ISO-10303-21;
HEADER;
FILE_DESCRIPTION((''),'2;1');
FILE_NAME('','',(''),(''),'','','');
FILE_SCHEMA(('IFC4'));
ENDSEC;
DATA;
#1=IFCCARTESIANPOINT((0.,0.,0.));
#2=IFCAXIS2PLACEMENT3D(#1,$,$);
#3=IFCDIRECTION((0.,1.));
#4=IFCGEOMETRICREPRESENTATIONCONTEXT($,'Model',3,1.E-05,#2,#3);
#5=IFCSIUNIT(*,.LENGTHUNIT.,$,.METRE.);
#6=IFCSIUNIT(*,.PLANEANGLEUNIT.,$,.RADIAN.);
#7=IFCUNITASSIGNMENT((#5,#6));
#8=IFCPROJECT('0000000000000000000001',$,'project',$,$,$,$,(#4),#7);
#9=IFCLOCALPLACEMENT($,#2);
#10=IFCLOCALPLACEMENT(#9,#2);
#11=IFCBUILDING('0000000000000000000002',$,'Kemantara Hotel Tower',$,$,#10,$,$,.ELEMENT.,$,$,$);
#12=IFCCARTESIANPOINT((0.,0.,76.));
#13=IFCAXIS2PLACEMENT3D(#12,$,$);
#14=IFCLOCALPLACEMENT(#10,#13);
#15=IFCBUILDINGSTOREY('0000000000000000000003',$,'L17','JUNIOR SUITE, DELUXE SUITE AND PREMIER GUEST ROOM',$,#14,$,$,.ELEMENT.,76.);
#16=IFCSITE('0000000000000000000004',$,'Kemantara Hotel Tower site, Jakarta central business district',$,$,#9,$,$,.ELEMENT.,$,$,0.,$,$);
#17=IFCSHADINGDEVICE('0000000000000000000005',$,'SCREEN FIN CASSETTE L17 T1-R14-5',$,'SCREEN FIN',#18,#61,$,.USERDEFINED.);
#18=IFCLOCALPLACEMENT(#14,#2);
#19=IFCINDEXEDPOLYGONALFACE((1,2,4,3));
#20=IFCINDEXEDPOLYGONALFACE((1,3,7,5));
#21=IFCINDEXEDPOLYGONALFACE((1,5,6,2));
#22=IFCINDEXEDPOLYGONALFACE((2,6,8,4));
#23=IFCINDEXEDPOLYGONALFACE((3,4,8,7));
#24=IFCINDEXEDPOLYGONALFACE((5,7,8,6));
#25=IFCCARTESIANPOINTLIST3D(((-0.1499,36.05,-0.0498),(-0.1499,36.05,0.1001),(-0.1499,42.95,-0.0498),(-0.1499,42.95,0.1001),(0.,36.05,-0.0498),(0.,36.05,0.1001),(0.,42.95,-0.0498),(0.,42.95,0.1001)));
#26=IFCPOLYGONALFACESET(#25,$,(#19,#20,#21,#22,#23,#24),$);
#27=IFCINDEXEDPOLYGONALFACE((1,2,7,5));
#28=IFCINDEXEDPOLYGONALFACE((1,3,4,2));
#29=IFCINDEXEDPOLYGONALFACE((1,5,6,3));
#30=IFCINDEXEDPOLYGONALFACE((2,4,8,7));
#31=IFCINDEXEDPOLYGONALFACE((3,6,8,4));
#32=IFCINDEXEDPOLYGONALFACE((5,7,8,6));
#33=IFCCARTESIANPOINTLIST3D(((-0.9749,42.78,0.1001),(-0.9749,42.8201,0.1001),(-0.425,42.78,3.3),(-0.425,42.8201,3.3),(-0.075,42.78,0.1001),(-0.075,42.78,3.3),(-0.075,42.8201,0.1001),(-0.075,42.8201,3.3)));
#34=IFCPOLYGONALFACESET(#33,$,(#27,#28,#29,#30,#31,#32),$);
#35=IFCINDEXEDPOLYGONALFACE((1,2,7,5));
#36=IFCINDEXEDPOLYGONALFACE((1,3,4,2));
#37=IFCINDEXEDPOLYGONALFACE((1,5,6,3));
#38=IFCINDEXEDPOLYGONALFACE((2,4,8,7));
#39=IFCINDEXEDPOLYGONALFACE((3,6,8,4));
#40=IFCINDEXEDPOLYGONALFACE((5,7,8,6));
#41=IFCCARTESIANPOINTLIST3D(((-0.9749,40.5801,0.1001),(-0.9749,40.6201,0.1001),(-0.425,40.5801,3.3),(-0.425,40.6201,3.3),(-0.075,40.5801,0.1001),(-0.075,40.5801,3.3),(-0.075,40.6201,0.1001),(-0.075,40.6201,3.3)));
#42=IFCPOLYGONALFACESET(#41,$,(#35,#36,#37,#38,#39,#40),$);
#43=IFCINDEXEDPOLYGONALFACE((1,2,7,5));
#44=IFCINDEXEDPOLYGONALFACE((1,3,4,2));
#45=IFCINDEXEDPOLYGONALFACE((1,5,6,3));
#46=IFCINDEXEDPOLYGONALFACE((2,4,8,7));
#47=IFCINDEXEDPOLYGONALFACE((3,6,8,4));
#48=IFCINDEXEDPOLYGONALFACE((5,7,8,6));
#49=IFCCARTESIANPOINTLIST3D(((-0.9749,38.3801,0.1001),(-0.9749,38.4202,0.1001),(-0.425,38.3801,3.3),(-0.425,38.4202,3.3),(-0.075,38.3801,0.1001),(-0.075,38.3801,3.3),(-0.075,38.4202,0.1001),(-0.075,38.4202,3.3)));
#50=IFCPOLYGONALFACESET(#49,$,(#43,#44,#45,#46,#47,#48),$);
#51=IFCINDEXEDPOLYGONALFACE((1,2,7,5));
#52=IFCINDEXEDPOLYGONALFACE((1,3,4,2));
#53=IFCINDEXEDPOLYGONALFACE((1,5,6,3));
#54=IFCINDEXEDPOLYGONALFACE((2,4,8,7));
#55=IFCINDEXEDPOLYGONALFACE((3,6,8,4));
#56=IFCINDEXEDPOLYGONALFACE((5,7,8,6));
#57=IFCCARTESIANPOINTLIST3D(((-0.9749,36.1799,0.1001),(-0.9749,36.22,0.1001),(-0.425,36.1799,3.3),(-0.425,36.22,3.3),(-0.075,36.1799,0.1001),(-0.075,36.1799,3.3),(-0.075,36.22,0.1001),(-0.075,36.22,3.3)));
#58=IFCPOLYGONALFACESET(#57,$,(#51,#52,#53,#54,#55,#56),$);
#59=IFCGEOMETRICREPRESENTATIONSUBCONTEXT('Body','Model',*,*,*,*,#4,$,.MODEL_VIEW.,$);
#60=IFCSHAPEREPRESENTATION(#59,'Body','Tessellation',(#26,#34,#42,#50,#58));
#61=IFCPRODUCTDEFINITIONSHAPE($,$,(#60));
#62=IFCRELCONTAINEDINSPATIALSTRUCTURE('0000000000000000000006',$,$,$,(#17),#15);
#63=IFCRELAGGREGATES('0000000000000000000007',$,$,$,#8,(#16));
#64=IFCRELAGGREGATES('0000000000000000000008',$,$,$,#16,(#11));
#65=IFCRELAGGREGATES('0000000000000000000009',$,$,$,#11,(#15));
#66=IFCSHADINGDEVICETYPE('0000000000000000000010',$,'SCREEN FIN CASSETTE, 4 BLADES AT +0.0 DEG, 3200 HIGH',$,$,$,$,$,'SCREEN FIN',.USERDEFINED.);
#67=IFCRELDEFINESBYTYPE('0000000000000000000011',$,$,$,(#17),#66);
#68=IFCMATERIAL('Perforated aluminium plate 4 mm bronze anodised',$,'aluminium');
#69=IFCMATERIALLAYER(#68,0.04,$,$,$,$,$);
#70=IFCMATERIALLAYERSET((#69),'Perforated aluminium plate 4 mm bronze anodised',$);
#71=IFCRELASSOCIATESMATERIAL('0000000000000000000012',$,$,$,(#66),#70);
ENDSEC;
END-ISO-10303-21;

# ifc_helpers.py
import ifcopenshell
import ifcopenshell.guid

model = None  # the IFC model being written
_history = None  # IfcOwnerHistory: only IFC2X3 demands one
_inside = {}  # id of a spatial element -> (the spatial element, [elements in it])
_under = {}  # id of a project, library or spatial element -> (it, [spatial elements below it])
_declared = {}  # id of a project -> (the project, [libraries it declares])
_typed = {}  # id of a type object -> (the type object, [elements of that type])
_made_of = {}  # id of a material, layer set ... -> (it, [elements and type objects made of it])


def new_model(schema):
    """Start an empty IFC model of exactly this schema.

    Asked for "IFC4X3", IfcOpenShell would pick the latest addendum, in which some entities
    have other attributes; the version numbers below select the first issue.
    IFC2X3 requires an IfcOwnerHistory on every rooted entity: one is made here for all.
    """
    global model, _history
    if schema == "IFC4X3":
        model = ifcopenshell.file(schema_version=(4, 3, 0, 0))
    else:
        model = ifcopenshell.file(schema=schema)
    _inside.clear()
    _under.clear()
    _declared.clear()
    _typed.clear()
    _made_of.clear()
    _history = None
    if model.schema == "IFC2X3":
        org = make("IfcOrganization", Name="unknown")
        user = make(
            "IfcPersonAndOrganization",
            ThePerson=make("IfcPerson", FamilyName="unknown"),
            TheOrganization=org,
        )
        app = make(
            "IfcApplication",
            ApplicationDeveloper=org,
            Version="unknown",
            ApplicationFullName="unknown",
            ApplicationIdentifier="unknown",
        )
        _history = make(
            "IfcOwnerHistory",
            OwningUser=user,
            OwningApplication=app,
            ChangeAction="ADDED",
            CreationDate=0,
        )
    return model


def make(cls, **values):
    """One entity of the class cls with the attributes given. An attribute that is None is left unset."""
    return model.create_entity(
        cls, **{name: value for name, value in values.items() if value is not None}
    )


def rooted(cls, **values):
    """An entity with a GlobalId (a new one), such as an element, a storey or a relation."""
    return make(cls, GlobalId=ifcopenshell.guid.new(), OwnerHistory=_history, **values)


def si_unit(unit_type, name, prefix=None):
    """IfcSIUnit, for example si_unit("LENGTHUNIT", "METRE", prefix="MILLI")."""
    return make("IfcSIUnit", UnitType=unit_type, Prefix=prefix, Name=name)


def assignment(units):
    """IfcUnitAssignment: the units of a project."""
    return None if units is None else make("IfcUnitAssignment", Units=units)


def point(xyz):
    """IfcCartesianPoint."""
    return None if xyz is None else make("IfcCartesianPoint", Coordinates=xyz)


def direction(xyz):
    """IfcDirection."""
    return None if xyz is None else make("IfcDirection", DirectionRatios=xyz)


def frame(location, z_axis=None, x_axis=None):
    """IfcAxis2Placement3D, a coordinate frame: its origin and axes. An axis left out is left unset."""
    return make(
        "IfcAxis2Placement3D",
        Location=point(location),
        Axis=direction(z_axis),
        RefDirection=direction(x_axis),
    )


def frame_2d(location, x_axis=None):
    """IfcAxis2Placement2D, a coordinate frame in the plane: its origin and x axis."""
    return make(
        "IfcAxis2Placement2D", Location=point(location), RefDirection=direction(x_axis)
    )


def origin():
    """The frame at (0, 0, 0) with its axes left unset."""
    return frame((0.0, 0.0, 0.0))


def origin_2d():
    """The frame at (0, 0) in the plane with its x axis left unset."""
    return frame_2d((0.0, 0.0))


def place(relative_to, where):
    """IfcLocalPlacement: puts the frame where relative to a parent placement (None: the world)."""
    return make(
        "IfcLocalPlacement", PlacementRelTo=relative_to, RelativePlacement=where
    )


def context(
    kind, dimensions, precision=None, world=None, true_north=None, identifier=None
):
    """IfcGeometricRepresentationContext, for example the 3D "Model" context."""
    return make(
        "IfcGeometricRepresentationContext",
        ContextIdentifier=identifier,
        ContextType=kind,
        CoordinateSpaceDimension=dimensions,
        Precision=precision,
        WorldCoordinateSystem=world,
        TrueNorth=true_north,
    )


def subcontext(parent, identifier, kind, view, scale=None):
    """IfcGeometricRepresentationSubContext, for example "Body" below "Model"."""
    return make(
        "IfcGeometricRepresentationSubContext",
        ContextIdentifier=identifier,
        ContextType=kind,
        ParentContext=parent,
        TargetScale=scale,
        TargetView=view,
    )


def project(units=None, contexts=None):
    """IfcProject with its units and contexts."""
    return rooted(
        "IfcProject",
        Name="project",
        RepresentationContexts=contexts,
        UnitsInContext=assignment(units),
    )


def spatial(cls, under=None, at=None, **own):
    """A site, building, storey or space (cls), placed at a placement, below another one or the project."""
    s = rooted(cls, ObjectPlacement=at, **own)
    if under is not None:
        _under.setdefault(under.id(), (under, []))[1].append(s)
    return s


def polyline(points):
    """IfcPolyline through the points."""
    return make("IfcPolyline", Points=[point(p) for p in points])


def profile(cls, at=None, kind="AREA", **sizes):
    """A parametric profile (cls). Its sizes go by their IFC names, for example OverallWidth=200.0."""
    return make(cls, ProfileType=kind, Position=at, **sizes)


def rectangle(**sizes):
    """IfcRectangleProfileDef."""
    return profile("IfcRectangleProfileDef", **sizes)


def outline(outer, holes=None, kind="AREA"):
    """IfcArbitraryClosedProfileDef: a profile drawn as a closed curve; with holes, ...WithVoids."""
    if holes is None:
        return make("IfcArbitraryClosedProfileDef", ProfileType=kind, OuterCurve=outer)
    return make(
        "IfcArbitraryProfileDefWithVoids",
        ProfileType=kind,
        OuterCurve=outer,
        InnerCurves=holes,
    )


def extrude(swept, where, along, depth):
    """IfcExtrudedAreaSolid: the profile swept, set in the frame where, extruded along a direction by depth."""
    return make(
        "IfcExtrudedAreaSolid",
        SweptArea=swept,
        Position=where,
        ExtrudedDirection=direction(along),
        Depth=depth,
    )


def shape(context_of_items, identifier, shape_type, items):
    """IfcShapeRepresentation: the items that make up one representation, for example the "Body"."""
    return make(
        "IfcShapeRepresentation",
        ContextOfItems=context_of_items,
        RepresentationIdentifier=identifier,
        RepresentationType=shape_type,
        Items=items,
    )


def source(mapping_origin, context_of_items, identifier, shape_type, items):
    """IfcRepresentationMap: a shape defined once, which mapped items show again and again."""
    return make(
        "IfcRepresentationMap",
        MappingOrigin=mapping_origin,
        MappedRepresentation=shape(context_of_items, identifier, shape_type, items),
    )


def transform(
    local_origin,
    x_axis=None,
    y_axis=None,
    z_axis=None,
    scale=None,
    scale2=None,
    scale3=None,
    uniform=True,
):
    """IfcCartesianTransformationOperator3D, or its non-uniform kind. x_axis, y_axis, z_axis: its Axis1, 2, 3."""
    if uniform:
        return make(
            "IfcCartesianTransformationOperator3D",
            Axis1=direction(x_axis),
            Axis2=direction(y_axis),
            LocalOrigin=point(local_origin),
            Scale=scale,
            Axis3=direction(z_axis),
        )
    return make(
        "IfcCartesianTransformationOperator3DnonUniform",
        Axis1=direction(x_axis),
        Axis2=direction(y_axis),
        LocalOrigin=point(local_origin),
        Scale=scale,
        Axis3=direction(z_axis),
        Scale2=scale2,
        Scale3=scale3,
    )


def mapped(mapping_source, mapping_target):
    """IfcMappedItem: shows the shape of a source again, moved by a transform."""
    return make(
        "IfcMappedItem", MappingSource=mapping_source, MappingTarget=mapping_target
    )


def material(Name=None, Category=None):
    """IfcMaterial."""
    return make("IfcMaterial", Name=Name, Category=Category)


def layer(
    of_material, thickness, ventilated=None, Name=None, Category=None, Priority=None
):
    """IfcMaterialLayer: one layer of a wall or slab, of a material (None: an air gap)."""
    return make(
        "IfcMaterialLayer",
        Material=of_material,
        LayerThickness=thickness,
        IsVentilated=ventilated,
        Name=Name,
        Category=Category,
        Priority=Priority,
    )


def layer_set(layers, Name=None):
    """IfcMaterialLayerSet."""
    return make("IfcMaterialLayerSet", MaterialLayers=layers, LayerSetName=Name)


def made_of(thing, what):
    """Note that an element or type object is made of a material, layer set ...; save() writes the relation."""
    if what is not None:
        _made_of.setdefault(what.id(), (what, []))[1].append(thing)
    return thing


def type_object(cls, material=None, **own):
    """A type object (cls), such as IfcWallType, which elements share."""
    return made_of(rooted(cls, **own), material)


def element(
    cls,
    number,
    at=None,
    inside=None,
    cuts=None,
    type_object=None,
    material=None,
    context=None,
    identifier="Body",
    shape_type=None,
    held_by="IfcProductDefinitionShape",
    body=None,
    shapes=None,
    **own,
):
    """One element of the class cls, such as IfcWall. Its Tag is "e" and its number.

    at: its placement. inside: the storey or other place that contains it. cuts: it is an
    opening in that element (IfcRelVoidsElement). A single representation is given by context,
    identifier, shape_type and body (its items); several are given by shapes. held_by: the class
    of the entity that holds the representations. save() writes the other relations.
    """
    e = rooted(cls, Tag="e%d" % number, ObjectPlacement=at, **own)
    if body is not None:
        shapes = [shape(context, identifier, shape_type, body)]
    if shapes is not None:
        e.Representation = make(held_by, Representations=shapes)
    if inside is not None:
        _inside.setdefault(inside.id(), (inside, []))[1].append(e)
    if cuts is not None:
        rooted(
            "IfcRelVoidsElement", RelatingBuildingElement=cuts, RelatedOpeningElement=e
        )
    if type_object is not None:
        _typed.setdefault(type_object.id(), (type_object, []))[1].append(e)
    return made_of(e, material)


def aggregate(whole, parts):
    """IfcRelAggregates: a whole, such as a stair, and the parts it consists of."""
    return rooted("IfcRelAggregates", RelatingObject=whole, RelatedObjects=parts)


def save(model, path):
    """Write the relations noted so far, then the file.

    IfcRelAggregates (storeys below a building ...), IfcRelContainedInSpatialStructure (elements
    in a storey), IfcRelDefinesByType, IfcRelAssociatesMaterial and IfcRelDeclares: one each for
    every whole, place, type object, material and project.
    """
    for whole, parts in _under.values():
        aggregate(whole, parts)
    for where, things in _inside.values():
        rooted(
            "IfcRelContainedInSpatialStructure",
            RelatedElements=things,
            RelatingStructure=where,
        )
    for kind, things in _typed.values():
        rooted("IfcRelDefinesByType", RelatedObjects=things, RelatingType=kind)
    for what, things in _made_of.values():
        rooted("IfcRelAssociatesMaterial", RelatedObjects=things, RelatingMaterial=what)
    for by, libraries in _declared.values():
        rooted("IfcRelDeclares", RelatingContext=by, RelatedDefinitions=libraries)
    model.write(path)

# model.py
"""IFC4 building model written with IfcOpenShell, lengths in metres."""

from ifc_helpers import new_model, si_unit, direction, frame, origin, origin_2d, place, context, subcontext, project, spatial, polyline, rectangle, outline, extrude, source, transform, mapped, material, layer, layer_set, type_object, element, save


model = new_model("IFC4")

# Units and contexts
model_context = context("Model", 3, precision=1e-05, world=origin(), true_north=direction((0.0, 1.0)))
body_context = subcontext(model_context, "Body", "Model", "MODEL_VIEW")
ifc_project = project(units=[si_unit("LENGTHUNIT", "METRE"), si_unit("PLANEANGLEUNIT", "RADIAN")], contexts=[model_context])

# Site, building, storey
site_placement = place(None, origin())
site = spatial("IfcSite", under=ifc_project, at=site_placement, Name="Kemantara Hotel Tower site, Jakarta central business district", CompositionType="ELEMENT", RefElevation=0.0)
building_placement = place(site_placement, origin())
building = spatial("IfcBuilding", under=site, at=building_placement, Name="Kemantara Hotel Tower", CompositionType="ELEMENT")
storey_placement = place(building_placement, frame((0.0, 0.0, 76.0)))
storey = spatial("IfcBuildingStorey", under=building, at=storey_placement, Name="L17", Description="JUNIOR SUITE, DELUXE SUITE AND PREMIER GUEST ROOM", CompositionType="ELEMENT", Elevation=76.0)

# Shading device
ifc_material_1 = material(Name="Perforated aluminium plate 4 mm bronze anodised", Category="aluminium")
ifc_layer_1 = layer(ifc_material_1, 0.04)
ifc_layer_set_1 = layer_set([ifc_layer_1], Name="Perforated aluminium plate 4 mm bronze anodised")
shading_device_type_1 = type_object("IfcShadingDeviceType", Name="SCREEN FIN CASSETTE, 4 BLADES AT +0.0 DEG, 3200 HIGH", ElementType="SCREEN FIN", PredefinedType="USERDEFINED", material=ifc_layer_set_1)
shared_shape_1 = source(origin(), body_context, "Body", "SweptSolid", [
    extrude(rectangle(XDim=6.8999, YDim=0.1499, at=origin_2d()), frame((3.3, -0.075, -0.1499), z_axis=(0.0, 0.0, 1.0), x_axis=(1.0, 0.0, 0.0)), (0.0, 0.0, 1.0), 0.1499),
    extrude(outline(polyline([(0.0, 0.0), (0.8999, 0.0), (0.3501, 3.2), (0.0, 3.2), (0.0, 0.0)])), frame((0.02, -0.075, 0.0), z_axis=(-1.0, 0.0, 0.0), x_axis=(0.0, -1.0, 0.0)), (0.0, 0.0, 1.0), 0.04),
    extrude(outline(polyline([(0.0, 0.0), (0.8999, 0.0), (0.3501, 3.2), (0.0, 3.2), (0.0, 0.0)])), frame((2.22, -0.075, 0.0), z_axis=(-1.0, 0.0, 0.0), x_axis=(0.0, -1.0, 0.0)), (0.0, 0.0, 1.0), 0.04),
    extrude(outline(polyline([(0.0, 0.0), (0.8999, 0.0), (0.3501, 3.2), (0.0, 3.2), (0.0, 0.0)])), frame((4.4199, -0.075, 0.0), z_axis=(-1.0, 0.0, 0.0), x_axis=(0.0, -1.0, 0.0)), (0.0, 0.0, 1.0), 0.04),
    extrude(outline(polyline([(0.0, 0.0), (0.8999, 0.0), (0.3501, 3.2), (0.0, 3.2), (0.0, 0.0)])), frame((6.6201, -0.075, 0.0), z_axis=(-1.0, 0.0, 0.0), x_axis=(0.0, -1.0, 0.0)), (0.0, 0.0, 1.0), 0.04),
])
shading_device_placement = place(storey_placement, frame((0.0, 42.8, 0.1001), z_axis=(0.0, 0.0, 1.0), x_axis=(0.0, -1.0, 0.0)))
element("IfcShadingDevice", 1, at=shading_device_placement, inside=storey, type_object=shading_device_type_1, Name="SCREEN FIN CASSETTE L17 T1-R14-5", ObjectType="SCREEN FIN", PredefinedType="USERDEFINED", context=body_context, shape_type="MappedRepresentation", body=[
    mapped(shared_shape_1, transform((0.0, 0.0, 0.0))),
])

save(model, "model.ifc")
